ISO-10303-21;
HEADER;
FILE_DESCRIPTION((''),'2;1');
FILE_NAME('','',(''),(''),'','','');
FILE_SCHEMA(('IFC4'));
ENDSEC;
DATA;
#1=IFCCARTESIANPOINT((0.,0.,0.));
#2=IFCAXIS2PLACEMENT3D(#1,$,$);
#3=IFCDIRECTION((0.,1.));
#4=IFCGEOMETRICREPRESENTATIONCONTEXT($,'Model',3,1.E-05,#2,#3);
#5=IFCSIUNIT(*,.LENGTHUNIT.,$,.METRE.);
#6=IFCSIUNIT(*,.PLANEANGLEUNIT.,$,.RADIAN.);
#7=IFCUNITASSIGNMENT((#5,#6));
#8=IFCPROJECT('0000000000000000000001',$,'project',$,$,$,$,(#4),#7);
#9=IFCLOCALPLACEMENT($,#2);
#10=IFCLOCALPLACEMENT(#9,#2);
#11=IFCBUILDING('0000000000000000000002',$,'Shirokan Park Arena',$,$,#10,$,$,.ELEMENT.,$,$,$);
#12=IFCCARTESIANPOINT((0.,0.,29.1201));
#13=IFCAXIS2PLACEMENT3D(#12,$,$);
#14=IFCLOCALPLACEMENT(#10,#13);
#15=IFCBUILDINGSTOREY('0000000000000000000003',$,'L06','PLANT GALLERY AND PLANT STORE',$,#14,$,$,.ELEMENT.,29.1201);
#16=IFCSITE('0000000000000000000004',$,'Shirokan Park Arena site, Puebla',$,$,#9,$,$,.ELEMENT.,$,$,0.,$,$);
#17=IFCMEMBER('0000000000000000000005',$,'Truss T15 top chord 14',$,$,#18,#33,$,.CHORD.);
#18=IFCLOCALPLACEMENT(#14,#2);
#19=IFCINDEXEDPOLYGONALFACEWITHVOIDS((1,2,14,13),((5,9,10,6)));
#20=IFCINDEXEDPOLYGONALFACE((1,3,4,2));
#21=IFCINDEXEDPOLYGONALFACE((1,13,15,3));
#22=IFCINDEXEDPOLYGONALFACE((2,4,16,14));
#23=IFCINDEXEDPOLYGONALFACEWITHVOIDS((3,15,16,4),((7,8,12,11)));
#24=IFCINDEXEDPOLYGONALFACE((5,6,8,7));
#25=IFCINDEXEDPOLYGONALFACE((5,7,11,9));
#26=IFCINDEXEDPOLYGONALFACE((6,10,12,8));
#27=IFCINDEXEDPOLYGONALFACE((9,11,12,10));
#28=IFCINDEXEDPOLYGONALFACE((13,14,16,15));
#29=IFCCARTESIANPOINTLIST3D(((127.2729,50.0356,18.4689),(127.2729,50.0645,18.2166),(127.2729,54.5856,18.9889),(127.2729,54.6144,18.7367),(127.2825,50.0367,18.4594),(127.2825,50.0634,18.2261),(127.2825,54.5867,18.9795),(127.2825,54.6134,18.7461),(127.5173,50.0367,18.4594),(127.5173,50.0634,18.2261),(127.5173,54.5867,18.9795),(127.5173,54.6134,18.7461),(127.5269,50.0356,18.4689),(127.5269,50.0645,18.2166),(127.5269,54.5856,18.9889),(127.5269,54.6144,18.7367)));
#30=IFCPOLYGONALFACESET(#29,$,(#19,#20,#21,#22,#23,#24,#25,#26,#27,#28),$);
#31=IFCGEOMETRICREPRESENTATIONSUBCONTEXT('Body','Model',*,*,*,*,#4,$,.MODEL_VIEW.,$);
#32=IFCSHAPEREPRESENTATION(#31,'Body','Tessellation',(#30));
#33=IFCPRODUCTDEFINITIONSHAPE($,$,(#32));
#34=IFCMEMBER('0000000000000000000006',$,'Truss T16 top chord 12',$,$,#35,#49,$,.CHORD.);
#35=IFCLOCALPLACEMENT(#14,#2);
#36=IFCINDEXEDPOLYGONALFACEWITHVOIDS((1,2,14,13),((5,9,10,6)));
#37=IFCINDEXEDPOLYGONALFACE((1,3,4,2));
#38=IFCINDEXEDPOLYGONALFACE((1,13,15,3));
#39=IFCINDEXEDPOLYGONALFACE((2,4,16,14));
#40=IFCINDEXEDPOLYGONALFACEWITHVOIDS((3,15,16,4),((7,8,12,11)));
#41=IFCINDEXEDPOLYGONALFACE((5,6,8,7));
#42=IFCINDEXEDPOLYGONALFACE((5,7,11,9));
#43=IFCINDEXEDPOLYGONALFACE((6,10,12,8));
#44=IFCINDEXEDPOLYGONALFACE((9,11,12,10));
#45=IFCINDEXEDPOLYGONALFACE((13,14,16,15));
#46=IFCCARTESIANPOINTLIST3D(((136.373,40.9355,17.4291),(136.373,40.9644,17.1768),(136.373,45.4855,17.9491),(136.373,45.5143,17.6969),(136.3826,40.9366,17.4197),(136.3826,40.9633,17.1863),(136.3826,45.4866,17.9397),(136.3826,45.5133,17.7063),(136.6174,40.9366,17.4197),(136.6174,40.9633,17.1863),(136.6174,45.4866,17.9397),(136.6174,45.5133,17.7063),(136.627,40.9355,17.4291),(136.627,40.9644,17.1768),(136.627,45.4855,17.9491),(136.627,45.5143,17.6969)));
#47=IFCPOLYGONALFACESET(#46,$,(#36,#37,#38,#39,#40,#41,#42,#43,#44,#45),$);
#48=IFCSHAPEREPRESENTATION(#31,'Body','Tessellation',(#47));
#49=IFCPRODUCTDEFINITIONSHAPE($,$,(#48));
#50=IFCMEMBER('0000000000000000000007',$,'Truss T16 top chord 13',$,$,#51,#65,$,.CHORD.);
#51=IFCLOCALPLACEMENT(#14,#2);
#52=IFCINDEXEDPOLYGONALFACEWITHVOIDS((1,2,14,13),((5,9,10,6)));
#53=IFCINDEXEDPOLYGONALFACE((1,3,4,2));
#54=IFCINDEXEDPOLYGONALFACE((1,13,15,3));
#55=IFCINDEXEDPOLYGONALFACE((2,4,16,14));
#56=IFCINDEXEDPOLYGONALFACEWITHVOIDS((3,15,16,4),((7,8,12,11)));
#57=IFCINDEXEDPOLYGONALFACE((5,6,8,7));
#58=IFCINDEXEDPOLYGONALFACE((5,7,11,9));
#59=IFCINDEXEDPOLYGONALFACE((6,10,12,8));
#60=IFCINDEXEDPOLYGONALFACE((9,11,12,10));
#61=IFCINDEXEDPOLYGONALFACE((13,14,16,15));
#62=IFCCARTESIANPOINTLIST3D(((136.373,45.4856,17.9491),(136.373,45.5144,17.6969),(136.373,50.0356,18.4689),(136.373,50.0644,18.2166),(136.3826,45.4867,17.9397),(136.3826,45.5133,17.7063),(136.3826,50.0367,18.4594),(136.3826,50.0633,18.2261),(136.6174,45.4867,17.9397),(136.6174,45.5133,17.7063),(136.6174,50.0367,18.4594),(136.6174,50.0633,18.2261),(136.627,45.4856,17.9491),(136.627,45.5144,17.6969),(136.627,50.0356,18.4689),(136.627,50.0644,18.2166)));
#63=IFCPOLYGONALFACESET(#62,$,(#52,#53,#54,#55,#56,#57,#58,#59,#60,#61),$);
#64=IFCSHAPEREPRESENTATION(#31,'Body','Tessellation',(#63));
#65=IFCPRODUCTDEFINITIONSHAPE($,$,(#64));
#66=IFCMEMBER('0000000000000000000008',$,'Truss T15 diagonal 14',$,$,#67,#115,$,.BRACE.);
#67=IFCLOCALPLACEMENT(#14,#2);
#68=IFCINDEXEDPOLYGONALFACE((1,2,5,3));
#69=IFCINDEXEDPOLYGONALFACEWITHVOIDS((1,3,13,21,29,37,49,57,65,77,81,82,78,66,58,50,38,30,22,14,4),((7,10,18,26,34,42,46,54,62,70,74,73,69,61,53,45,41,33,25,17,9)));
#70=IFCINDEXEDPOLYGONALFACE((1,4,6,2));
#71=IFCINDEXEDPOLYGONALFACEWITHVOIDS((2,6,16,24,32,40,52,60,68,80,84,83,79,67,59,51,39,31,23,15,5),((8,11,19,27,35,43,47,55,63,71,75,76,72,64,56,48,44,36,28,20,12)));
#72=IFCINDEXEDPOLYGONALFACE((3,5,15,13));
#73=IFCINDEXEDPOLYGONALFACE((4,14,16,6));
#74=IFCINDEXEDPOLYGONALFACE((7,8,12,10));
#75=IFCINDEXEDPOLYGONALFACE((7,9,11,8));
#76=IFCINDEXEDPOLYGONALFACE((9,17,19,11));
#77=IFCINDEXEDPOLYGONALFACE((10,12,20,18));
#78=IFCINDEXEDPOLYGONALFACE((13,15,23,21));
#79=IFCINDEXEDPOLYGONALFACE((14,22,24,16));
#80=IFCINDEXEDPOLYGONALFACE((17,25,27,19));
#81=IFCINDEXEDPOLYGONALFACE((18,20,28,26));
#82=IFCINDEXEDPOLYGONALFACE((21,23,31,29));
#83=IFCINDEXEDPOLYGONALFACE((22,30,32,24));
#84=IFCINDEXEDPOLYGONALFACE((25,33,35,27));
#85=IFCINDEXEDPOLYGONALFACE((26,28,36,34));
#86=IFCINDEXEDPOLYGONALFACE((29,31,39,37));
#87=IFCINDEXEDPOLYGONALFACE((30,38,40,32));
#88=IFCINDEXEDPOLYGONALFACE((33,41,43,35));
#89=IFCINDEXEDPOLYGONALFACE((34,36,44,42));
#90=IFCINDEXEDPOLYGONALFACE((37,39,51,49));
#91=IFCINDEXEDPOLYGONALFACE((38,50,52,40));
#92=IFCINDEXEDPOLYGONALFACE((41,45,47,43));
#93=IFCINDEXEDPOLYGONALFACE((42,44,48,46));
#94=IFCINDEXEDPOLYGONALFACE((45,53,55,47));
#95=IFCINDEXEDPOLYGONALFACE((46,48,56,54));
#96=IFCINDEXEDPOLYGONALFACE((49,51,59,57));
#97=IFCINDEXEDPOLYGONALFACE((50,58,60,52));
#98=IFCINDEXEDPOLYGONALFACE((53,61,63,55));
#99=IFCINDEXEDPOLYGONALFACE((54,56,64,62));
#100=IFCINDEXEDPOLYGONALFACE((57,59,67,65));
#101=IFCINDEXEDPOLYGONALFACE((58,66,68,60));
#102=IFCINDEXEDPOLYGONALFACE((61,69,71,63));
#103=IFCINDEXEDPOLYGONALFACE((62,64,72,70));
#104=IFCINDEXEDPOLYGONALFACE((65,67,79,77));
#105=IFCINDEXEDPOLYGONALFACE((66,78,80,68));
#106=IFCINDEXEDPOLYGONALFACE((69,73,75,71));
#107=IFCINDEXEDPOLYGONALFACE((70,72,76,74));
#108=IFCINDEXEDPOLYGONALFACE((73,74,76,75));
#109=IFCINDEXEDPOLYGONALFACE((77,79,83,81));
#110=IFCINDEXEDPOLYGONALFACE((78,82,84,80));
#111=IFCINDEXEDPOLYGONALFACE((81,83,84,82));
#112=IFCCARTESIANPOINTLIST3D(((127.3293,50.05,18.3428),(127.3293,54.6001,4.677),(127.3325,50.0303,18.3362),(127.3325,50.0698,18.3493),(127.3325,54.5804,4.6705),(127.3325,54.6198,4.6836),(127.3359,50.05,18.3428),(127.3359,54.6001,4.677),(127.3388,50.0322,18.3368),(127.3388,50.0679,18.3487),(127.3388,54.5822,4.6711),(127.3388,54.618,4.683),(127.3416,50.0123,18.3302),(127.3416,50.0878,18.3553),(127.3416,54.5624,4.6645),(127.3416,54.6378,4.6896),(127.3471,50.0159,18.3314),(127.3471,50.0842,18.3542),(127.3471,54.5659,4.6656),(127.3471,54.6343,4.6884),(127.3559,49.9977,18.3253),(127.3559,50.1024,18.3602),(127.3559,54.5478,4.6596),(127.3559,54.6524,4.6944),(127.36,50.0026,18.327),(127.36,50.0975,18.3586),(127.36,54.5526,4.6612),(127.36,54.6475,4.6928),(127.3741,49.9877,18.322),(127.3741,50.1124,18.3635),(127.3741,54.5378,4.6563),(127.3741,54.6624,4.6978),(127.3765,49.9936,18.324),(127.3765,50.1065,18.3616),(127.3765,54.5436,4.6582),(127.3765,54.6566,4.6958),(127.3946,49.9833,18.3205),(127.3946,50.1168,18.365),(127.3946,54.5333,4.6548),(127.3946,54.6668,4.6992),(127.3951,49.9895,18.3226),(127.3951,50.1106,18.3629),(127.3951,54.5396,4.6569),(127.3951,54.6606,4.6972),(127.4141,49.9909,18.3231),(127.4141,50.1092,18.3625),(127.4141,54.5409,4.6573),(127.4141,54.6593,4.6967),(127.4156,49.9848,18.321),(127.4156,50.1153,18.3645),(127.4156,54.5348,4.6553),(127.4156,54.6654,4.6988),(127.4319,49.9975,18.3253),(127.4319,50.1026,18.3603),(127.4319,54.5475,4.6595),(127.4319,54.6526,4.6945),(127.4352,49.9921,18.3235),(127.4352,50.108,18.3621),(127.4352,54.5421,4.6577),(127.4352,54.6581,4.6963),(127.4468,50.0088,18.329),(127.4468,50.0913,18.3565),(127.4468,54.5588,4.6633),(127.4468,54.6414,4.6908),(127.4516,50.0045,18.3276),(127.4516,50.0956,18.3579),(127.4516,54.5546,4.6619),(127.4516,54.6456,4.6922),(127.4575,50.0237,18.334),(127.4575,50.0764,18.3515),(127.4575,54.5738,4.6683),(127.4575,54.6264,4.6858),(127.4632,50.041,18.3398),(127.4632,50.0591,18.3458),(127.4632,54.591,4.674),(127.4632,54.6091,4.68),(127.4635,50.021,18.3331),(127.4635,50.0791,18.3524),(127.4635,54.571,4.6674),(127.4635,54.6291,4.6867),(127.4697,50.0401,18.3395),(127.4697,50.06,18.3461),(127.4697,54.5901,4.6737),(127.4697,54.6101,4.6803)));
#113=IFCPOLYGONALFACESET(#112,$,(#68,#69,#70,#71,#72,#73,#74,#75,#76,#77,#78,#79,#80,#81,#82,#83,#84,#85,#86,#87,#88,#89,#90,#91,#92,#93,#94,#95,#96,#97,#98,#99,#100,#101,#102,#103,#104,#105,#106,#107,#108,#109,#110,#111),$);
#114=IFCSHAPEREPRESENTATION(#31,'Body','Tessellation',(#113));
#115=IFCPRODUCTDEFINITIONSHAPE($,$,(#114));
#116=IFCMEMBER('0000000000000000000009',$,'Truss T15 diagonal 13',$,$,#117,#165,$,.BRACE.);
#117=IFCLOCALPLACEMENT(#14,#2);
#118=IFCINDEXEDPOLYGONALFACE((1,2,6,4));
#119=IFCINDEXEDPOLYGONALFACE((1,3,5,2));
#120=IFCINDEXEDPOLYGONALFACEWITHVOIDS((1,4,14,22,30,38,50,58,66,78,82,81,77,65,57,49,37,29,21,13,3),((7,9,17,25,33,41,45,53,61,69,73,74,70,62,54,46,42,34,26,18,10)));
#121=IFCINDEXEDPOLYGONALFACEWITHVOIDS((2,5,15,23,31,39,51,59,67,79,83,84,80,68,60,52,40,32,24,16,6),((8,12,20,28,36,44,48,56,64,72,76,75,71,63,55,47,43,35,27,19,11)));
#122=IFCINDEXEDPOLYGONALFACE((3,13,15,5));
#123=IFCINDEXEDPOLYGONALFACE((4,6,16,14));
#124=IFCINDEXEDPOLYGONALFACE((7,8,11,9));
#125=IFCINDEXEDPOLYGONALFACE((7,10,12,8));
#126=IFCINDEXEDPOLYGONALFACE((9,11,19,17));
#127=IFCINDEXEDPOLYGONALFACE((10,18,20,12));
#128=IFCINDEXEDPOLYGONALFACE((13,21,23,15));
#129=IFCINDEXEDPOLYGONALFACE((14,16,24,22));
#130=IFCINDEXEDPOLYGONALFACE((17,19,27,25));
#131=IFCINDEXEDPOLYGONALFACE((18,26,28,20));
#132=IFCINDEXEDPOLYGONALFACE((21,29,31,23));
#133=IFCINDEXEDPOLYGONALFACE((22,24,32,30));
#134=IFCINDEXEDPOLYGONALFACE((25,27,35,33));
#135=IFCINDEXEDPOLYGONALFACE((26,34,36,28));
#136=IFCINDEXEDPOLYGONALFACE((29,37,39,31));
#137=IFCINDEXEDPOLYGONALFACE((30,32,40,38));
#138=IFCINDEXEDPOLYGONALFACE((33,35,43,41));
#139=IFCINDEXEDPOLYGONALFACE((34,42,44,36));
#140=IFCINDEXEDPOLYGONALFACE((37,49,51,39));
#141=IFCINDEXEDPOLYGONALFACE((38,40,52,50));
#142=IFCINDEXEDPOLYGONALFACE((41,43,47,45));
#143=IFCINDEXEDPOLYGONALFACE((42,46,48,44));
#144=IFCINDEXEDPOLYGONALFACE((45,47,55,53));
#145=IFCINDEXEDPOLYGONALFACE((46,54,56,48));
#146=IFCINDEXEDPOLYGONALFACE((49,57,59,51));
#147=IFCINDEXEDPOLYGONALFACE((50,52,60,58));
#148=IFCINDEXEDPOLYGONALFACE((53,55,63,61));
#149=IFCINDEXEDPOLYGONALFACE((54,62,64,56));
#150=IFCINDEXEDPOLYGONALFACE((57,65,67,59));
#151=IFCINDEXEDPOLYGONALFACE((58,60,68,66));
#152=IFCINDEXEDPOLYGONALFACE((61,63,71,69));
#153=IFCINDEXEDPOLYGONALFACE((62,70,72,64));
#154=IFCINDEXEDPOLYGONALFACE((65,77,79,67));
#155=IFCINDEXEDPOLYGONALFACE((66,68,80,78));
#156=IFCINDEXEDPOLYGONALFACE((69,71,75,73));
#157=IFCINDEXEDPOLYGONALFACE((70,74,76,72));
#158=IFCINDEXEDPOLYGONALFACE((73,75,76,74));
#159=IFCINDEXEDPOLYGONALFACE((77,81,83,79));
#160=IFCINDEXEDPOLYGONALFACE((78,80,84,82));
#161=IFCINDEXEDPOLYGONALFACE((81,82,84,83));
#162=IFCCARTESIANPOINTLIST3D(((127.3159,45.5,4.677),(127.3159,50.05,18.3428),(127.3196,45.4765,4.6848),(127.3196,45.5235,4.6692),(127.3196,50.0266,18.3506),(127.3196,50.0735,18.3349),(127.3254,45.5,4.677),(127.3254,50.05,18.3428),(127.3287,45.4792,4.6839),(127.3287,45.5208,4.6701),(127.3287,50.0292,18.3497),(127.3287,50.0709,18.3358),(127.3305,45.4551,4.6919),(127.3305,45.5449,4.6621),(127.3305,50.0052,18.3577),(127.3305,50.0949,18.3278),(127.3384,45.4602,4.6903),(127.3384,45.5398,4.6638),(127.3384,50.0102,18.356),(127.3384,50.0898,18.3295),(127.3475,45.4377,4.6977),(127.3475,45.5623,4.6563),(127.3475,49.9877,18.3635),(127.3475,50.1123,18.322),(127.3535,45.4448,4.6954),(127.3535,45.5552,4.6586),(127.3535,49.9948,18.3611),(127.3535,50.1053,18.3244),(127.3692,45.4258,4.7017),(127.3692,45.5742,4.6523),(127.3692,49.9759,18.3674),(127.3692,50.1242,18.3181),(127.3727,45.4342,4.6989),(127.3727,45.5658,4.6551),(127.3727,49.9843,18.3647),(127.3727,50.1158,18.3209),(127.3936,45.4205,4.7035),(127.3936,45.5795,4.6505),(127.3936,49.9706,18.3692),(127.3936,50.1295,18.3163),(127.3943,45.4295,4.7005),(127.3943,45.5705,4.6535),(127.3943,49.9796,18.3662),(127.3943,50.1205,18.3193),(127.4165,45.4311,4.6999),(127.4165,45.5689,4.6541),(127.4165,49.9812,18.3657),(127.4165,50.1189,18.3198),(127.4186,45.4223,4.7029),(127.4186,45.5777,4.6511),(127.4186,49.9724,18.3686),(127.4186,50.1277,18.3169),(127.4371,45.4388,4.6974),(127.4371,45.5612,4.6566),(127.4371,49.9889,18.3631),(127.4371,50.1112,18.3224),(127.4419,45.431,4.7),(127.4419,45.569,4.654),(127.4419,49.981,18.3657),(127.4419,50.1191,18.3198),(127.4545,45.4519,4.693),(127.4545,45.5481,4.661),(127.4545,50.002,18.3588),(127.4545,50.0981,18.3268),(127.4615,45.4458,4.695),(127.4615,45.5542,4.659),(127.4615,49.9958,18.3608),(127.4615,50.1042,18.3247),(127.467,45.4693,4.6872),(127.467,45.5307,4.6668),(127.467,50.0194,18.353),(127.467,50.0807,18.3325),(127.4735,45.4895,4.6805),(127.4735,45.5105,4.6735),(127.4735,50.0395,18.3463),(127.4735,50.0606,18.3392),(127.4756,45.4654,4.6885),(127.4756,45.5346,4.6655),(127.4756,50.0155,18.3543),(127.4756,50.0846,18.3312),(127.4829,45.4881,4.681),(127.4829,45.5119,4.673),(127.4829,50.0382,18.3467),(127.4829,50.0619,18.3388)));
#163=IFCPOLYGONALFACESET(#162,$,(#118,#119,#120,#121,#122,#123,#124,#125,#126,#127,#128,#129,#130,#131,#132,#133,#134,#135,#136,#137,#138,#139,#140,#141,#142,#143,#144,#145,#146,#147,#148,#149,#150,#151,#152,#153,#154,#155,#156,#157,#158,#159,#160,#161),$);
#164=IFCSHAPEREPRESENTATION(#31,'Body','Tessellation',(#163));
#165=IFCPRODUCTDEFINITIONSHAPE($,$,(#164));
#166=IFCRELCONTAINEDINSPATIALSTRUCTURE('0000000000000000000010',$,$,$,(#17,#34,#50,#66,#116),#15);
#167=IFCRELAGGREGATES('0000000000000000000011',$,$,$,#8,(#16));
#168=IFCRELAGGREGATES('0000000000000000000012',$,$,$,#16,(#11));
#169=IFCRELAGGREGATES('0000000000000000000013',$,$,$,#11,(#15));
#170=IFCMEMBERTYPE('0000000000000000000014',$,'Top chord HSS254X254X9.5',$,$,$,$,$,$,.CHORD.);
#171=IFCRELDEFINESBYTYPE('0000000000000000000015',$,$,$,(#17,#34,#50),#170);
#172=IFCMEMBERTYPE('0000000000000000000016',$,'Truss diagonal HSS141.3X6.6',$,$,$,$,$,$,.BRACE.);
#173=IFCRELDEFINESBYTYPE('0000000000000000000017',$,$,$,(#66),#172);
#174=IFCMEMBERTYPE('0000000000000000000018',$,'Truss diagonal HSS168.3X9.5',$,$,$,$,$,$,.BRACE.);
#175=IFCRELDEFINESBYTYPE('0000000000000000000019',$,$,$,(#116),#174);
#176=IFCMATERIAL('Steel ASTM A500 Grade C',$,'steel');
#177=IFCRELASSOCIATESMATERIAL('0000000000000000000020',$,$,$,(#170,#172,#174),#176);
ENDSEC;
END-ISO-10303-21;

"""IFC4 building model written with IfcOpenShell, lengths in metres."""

from ifc_helpers import new_model, si_unit, direction, frame, origin, origin_2d, place, context, subcontext, project, spatial, hollow_rectangle, hollow_circle, extrude, material, material_profile, profile_set, type_object, element, save


model = new_model("IFC4")

# Units and contexts
model_context = context("Model", 3, precision=1e-05, world=origin(), true_north=direction((0.0, 1.0)))
body_context = subcontext(model_context, "Body", "Model", "MODEL_VIEW")
ifc_project = project(units=[si_unit("LENGTHUNIT", "METRE"), si_unit("PLANEANGLEUNIT", "RADIAN")], contexts=[model_context])

# Site, building, storey
site_placement = place(None, origin())
site = spatial("IfcSite", under=ifc_project, at=site_placement, Name="Shirokan Park Arena site, Puebla", CompositionType="ELEMENT", RefElevation=0.0)
building_placement = place(site_placement, origin())
building = spatial("IfcBuilding", under=site, at=building_placement, Name="Shirokan Park Arena", CompositionType="ELEMENT")
storey_placement = place(building_placement, frame((0.0, 0.0, 29.1201)))
storey = spatial("IfcBuildingStorey", under=building, at=storey_placement, Name="L06", Description="PLANT GALLERY AND PLANT STORE", CompositionType="ELEMENT", Elevation=29.1201)

# Members
ifc_material_1 = material(Name="Steel ASTM A500 Grade C", Category="steel")
ifc_material_profile_1 = material_profile(ifc_material_1, hollow_rectangle(XDim=0.2539, YDim=0.2539, WallThickness=0.0095, at=origin_2d()), Name="HSS254X254X9.5")
ifc_profile_set_1 = profile_set([ifc_material_profile_1], Name="Steel ASTM A500 Grade C")
member_type_1 = type_object("IfcMemberType", Name="Top chord HSS254X254X9.5", PredefinedType="CHORD", material=ifc_profile_set_1)
for number, where, z_axis, x_axis, name in (
    (1, (127.3999, 50.05, 18.3428), (0.0, 0.993532, 0.11355), (-1.0, 0.0, 0.0), "Truss T15 top chord 14"),
    (2, (136.5, 40.95, 17.303), (0.0, 0.993532, 0.11355), (-1.0, 0.0, 0.0), "Truss T16 top chord 12"),
    (3, (136.5, 45.5, 17.823), (0.0, 0.993538, 0.113497), (-1.0, 0.0, 0.0), "Truss T16 top chord 13"),
):
    element("IfcMember", number, at=place(storey_placement, frame(where, z_axis=z_axis, x_axis=x_axis)), inside=storey, type_object=member_type_1, Name=name, PredefinedType="CHORD", context=body_context, shape_type="SweptSolid", body=[
        extrude(hollow_rectangle(XDim=0.2539, YDim=0.2539, WallThickness=0.0095, at=origin_2d()), origin(), (0.0, 0.0, 1.0), 4.5796),
    ])
ifc_material_profile_2 = material_profile(ifc_material_1, hollow_circle(Radius=0.0706, WallThickness=0.0066, at=origin_2d()), Name="HSS141.3X6.6")
ifc_profile_set_2 = profile_set([ifc_material_profile_2], Name="Steel ASTM A500 Grade C")
member_type_2 = type_object("IfcMemberType", Name="Truss diagonal HSS141.3X6.6", PredefinedType="BRACE", material=ifc_profile_set_2)
member_1_placement = place(storey_placement, frame((127.3999, 50.05, 18.3428), z_axis=(0.0, 0.315902, -0.948792), x_axis=(-1.0, 0.0, 0.0)))
element("IfcMember", 4, at=member_1_placement, inside=storey, type_object=member_type_2, Name="Truss T15 diagonal 14", PredefinedType="BRACE", context=body_context, shape_type="SweptSolid", body=[
    extrude(hollow_circle(Radius=0.0706, WallThickness=0.0066, at=origin_2d()), origin(), (0.0, 0.0, 1.0), 14.4033),
])
ifc_material_profile_3 = material_profile(ifc_material_1, hollow_circle(Radius=0.084, WallThickness=0.0095, at=origin_2d()), Name="HSS168.3X9.5")
ifc_profile_set_3 = profile_set([ifc_material_profile_3], Name="Steel ASTM A500 Grade C")
member_type_3 = type_object("IfcMemberType", Name="Truss diagonal HSS168.3X9.5", PredefinedType="BRACE", material=ifc_profile_set_3)
member_2_placement = place(storey_placement, frame((127.3999, 45.5, 4.677), z_axis=(0.0, 0.315902, 0.948792), x_axis=(-1.0, 0.0, 0.0)))
element("IfcMember", 5, at=member_2_placement, inside=storey, type_object=member_type_3, Name="Truss T15 diagonal 13", PredefinedType="BRACE", context=body_context, shape_type="SweptSolid", body=[
    extrude(hollow_circle(Radius=0.084, WallThickness=0.0095, at=origin_2d()), origin(), (0.0, 0.0, 1.0), 14.4033),
])

save(model, "model.ifc")
